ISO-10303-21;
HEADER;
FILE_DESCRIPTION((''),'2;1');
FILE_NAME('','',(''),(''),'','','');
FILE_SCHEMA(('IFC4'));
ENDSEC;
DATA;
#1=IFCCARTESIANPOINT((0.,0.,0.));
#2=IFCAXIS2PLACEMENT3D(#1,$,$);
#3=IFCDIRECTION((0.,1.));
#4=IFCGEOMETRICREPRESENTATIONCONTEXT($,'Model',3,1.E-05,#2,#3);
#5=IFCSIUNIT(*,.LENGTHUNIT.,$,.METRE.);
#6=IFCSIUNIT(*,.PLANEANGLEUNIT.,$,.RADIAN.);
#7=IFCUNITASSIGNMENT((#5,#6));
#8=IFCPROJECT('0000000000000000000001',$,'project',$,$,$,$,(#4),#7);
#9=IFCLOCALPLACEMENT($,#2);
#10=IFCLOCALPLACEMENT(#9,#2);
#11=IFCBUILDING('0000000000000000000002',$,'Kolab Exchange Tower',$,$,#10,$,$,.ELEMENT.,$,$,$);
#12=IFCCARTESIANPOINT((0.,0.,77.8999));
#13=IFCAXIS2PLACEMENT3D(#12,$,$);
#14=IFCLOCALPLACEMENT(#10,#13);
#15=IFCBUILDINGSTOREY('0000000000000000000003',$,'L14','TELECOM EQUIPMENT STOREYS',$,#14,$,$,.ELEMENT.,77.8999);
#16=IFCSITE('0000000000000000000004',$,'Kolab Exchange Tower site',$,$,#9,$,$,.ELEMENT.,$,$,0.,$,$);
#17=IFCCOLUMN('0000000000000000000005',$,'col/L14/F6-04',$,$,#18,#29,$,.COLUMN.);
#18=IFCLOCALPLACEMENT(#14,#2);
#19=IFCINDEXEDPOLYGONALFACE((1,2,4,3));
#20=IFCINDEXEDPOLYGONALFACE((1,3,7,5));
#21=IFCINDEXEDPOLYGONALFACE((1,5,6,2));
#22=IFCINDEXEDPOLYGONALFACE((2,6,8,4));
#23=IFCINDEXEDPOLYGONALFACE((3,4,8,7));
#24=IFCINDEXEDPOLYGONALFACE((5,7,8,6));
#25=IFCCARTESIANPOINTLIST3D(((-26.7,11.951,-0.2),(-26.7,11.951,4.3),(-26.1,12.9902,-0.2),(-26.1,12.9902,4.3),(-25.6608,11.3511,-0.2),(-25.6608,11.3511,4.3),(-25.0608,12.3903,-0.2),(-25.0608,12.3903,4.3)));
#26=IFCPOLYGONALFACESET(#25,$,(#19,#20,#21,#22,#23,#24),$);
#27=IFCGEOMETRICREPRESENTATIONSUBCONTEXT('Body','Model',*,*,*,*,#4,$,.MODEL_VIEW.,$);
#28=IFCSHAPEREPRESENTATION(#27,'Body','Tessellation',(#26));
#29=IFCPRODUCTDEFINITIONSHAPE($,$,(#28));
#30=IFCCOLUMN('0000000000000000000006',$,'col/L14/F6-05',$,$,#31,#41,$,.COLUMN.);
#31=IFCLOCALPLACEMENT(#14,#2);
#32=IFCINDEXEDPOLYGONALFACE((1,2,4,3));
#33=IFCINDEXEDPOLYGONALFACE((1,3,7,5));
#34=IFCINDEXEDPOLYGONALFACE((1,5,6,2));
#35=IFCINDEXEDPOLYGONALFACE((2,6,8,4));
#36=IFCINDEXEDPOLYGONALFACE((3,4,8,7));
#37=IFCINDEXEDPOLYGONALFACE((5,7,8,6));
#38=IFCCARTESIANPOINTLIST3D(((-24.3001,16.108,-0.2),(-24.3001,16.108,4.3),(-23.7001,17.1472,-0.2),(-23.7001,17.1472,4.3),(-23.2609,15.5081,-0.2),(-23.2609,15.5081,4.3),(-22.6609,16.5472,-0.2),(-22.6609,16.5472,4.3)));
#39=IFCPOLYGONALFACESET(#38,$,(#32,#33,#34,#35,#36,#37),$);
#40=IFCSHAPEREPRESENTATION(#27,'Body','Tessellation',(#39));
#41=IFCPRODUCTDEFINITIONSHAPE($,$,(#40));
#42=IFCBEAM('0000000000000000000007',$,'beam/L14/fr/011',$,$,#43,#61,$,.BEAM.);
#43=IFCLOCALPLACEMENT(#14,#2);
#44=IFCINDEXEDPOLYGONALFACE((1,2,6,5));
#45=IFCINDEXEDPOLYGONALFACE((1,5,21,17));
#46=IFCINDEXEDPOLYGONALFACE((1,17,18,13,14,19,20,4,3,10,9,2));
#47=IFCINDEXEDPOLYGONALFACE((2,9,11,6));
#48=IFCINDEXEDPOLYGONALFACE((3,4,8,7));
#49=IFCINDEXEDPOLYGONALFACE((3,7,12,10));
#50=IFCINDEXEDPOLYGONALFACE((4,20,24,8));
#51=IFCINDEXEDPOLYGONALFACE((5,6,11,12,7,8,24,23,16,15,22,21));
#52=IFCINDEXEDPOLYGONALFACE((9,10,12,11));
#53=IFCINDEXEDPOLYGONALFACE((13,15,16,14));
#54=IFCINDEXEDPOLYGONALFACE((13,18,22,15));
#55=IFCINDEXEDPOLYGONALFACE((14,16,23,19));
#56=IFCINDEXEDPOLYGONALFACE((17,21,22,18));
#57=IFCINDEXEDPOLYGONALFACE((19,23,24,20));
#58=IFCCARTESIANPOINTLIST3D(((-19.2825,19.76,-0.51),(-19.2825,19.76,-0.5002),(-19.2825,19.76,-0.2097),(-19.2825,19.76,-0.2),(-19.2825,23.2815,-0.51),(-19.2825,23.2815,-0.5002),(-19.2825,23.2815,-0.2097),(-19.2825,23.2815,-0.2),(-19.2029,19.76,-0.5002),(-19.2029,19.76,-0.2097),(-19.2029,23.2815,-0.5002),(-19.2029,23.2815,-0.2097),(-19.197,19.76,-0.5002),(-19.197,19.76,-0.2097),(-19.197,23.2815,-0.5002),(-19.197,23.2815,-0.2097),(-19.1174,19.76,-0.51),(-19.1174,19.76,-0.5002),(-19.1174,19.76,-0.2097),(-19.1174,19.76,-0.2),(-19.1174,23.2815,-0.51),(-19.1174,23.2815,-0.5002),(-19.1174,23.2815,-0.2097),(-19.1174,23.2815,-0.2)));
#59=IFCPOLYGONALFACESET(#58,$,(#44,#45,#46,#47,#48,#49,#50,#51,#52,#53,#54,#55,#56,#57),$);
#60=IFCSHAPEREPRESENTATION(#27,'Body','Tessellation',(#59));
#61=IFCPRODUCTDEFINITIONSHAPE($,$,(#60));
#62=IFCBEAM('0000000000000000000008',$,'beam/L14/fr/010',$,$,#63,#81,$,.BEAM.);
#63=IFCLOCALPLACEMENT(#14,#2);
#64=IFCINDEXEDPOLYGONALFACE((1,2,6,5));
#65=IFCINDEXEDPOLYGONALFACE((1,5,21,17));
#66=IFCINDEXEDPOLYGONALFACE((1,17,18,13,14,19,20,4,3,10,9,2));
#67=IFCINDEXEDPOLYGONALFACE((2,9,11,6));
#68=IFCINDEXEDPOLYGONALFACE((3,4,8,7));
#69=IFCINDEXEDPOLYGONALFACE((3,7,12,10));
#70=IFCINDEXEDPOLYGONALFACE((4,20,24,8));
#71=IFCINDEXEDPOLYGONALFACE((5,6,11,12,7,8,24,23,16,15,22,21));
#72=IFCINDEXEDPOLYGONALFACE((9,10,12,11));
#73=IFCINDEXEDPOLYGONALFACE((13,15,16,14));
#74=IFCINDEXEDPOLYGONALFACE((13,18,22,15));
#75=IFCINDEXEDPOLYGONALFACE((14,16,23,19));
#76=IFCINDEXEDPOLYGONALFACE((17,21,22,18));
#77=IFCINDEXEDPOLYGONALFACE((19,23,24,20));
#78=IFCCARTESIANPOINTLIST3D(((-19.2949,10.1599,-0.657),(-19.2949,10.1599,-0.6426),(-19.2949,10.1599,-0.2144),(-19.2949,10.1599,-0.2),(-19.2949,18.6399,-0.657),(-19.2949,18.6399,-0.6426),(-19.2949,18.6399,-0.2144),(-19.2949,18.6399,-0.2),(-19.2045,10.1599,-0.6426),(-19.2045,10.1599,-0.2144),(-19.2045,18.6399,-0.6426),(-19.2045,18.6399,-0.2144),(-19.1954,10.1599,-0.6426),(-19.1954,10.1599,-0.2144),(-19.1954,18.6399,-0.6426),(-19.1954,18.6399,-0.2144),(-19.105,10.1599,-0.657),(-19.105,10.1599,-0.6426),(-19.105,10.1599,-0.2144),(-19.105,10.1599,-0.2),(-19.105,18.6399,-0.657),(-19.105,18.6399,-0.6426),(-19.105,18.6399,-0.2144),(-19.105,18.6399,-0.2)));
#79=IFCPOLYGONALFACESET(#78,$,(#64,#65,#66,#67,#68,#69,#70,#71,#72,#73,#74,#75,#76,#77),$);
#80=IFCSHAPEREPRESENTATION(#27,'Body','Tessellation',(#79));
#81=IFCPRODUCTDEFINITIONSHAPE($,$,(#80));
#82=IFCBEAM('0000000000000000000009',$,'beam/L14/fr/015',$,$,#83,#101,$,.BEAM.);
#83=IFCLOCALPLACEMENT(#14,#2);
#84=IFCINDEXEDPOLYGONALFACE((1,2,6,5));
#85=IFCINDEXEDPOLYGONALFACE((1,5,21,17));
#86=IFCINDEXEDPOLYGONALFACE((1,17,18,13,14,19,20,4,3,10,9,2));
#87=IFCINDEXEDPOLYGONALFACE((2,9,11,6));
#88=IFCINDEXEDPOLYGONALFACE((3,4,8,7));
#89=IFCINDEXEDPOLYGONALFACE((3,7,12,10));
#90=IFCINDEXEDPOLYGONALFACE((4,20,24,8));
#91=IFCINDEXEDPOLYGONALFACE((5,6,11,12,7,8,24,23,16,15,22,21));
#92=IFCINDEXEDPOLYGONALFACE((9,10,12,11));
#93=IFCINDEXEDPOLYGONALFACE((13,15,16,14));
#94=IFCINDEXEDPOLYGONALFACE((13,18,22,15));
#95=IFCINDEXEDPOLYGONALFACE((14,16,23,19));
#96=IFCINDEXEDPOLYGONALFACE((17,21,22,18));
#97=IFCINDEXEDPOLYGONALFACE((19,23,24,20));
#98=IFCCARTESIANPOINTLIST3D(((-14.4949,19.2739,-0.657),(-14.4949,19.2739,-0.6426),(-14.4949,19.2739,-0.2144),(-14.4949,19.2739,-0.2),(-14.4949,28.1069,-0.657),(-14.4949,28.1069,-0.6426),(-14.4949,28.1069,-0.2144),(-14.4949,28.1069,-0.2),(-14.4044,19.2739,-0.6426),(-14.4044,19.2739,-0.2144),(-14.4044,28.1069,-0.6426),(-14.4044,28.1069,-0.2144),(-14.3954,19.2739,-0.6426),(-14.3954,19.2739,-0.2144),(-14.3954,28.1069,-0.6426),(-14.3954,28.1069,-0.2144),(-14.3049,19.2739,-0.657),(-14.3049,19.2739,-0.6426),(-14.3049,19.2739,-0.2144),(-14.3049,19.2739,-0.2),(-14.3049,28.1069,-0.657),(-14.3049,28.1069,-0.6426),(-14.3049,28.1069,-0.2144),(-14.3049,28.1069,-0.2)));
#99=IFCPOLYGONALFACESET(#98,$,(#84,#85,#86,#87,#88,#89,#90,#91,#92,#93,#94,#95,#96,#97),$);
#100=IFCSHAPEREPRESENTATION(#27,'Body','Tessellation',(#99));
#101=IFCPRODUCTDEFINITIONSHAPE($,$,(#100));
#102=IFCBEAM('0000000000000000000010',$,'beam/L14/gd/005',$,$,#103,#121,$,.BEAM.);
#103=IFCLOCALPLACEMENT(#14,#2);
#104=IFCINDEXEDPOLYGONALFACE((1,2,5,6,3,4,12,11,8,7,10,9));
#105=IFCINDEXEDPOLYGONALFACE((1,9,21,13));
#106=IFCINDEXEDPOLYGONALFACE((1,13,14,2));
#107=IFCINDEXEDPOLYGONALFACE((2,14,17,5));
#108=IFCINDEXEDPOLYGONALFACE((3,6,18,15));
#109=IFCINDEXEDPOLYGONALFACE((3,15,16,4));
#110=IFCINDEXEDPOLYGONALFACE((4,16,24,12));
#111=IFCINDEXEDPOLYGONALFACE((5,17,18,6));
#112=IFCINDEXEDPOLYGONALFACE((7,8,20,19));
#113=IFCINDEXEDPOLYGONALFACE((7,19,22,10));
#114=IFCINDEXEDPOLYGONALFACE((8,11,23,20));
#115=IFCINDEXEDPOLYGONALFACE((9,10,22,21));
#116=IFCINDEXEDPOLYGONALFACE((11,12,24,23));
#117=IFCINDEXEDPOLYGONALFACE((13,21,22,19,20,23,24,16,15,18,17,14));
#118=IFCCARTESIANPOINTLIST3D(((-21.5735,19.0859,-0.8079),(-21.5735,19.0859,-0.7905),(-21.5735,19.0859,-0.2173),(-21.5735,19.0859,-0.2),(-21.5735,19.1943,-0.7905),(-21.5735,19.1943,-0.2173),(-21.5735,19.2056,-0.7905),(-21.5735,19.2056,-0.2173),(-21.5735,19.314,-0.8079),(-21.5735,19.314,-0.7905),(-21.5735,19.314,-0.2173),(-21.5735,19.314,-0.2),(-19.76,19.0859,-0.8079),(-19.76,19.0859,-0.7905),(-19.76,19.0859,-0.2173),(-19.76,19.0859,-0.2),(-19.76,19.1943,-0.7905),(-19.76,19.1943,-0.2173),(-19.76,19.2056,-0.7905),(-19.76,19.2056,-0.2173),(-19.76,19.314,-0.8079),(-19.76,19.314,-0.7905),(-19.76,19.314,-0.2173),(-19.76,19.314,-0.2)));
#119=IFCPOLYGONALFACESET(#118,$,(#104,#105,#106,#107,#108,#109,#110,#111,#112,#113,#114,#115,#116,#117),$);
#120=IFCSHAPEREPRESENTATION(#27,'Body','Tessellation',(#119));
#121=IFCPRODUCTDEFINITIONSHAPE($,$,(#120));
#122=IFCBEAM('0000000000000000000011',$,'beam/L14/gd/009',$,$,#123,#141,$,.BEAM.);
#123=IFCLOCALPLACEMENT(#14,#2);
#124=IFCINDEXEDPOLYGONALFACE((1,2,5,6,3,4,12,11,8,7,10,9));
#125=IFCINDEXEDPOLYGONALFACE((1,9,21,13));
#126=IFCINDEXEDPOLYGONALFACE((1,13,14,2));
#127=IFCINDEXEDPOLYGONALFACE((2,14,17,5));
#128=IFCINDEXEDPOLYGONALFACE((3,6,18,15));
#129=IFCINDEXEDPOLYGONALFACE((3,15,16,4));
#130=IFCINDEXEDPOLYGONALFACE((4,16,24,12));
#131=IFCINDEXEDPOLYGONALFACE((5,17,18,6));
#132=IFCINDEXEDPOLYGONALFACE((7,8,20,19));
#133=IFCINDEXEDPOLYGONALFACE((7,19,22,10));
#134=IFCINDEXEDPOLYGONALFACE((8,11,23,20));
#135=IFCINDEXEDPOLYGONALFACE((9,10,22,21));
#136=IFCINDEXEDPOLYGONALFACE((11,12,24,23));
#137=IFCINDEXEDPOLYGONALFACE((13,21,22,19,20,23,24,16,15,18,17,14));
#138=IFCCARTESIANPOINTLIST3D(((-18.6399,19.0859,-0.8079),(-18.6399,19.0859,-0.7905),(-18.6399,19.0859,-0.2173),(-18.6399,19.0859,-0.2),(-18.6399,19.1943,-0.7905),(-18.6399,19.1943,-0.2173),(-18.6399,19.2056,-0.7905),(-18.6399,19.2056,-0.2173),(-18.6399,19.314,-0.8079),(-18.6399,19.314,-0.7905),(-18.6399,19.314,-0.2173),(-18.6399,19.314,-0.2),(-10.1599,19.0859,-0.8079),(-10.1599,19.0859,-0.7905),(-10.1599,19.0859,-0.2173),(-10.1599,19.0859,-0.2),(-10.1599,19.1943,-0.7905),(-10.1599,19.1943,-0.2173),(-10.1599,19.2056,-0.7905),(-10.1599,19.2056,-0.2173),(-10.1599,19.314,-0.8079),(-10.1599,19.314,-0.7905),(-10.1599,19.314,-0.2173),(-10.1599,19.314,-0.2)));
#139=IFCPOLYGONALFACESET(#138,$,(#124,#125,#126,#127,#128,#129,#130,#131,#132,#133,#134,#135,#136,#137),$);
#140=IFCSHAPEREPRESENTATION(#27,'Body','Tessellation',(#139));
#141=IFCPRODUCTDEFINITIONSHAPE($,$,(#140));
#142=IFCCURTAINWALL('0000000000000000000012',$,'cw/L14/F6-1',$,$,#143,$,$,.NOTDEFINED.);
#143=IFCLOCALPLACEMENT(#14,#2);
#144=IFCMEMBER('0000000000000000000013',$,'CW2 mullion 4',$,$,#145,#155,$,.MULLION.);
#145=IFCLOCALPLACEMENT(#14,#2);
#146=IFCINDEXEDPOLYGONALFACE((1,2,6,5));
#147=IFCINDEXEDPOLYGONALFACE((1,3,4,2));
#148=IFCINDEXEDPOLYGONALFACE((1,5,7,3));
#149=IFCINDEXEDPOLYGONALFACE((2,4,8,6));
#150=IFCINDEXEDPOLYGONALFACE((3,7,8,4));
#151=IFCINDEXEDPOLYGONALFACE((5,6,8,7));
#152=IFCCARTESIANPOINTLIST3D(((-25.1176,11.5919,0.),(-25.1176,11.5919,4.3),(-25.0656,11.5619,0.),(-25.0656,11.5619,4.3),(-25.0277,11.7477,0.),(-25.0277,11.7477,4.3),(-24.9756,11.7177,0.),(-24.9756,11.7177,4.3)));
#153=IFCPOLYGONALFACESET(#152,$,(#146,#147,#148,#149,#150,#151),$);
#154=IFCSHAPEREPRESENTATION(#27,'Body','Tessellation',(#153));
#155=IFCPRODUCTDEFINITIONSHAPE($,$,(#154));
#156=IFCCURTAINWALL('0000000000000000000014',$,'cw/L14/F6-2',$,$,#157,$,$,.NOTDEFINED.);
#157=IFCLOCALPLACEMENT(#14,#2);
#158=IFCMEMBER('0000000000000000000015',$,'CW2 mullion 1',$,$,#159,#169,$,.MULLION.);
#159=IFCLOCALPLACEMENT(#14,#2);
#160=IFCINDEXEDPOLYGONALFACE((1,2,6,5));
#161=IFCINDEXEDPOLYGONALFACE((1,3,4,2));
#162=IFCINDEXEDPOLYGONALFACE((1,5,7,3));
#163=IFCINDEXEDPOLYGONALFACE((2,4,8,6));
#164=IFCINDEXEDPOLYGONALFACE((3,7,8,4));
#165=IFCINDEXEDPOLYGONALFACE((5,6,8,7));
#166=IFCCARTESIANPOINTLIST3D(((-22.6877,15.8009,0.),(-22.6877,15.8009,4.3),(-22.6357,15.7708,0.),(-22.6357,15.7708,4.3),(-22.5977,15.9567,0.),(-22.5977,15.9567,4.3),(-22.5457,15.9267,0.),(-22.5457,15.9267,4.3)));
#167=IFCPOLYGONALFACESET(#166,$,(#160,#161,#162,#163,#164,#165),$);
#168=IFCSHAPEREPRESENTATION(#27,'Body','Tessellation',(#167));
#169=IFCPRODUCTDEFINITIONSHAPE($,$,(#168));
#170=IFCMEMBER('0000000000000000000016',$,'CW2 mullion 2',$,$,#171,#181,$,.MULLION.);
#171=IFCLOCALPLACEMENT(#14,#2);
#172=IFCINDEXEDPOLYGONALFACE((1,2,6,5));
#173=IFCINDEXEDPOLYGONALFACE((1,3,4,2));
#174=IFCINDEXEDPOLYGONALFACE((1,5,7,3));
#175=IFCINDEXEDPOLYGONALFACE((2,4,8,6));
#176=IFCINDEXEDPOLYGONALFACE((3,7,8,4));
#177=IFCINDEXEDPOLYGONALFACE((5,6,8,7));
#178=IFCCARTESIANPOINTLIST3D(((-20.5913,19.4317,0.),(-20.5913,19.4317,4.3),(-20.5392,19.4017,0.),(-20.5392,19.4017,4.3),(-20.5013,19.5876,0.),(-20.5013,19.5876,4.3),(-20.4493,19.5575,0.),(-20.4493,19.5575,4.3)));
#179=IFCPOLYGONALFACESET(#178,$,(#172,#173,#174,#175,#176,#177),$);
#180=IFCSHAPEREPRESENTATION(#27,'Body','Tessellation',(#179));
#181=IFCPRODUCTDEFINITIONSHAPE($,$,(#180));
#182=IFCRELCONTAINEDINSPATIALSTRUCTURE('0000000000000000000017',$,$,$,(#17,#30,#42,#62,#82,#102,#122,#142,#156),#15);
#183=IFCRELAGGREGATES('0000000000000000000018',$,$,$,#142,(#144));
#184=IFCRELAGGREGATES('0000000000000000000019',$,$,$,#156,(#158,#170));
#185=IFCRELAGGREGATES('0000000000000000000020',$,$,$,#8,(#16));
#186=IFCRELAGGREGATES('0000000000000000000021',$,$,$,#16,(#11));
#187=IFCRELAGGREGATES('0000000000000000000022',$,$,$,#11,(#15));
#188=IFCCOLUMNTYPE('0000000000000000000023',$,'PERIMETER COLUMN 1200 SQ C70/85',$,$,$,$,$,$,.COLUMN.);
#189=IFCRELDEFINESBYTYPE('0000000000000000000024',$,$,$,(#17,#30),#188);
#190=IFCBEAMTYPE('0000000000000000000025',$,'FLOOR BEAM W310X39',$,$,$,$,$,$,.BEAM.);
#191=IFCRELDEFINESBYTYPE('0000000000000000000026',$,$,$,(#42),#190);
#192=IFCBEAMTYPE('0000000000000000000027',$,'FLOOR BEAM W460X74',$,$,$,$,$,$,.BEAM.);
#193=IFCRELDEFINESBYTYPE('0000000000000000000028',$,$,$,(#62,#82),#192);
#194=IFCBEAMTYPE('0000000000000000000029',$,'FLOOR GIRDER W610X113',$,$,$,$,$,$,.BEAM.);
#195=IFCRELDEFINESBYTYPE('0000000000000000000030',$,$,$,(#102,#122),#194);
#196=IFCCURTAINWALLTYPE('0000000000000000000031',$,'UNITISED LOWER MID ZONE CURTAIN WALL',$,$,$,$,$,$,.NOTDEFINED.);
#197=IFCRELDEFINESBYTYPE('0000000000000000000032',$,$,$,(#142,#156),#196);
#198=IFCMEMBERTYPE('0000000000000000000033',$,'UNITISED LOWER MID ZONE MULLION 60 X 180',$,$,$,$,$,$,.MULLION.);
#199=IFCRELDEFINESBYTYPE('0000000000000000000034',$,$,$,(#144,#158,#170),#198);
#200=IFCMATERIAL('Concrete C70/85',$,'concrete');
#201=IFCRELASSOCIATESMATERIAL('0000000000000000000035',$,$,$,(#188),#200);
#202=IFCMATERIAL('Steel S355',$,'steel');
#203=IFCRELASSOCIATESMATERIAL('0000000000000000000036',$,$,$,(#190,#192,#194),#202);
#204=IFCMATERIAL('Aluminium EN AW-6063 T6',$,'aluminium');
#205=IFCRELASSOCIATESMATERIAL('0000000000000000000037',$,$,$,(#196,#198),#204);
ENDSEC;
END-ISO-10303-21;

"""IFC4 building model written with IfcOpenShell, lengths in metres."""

from ifc_helpers import new_model, si_unit, direction, frame, origin, origin_2d, place, context, subcontext, project, spatial, rectangle, i_section, extrude, material, material_profile, profile_set, type_object, element, aggregate, save


model = new_model("IFC4")

# Units and contexts
model_context = context("Model", 3, precision=1e-05, world=origin(), true_north=direction((0.0, 1.0)))
body_context = subcontext(model_context, "Body", "Model", "MODEL_VIEW")
ifc_project = project(units=[si_unit("LENGTHUNIT", "METRE"), si_unit("PLANEANGLEUNIT", "RADIAN")], contexts=[model_context])

# Site, building, storey
site_placement = place(None, origin())
site = spatial("IfcSite", under=ifc_project, at=site_placement, Name="Kolab Exchange Tower site", CompositionType="ELEMENT", RefElevation=0.0)
building_placement = place(site_placement, origin())
building = spatial("IfcBuilding", under=site, at=building_placement, Name="Kolab Exchange Tower", CompositionType="ELEMENT")
storey_placement = place(building_placement, frame((0.0, 0.0, 77.8999)))
storey = spatial("IfcBuildingStorey", under=building, at=storey_placement, Name="L14", Description="TELECOM EQUIPMENT STOREYS", CompositionType="ELEMENT", Elevation=77.8999)

# Columns
ifc_material_1 = material(Name="Concrete C70/85", Category="concrete")
ifc_material_profile_1 = material_profile(ifc_material_1, rectangle(XDim=1.2, YDim=1.2, at=origin_2d()), Name="RC1200")
ifc_profile_set_1 = profile_set([ifc_material_profile_1], Name="Concrete C70/85")
column_type = type_object("IfcColumnType", Name="PERIMETER COLUMN 1200 SQ C70/85", PredefinedType="COLUMN", material=ifc_profile_set_1)
for number, where, z_axis, x_axis, name in (
    (1, (-25.8804, 12.1707, -0.2), (0.0, 0.0, 1.0), (0.5, 0.866025, 0.0), "col/L14/F6-04"),
    (2, (-23.4805, 16.3276, -0.2), (0.0, 0.0, 1.0), (0.5, 0.866025, 0.0), "col/L14/F6-05"),
):
    element("IfcColumn", number, at=place(storey_placement, frame(where, z_axis=z_axis, x_axis=x_axis)), inside=storey, type_object=column_type, Name=name, PredefinedType="COLUMN", context=body_context, shape_type="SweptSolid", body=[
        extrude(rectangle(XDim=1.2, YDim=1.2, at=origin_2d()), origin(), (0.0, 0.0, 1.0), 4.5),
    ])

# Beams
ifc_material_2 = material(Name="Steel S355", Category="steel")
ifc_material_profile_2 = material_profile(ifc_material_2, i_section(OverallWidth=0.165, OverallDepth=0.3101, WebThickness=0.0059, FlangeThickness=0.0098, at=origin_2d()), Name="W310X39")
ifc_profile_set_2 = profile_set([ifc_material_profile_2], Name="Steel S355")
beam_type_1 = type_object("IfcBeamType", Name="FLOOR BEAM W310X39", PredefinedType="BEAM", material=ifc_profile_set_2)
beam_1_placement = place(storey_placement, frame((-19.2, 19.76, -0.355), z_axis=(0.0, 1.0, 0.0), x_axis=(-1.0, 0.0, 0.0)))
element("IfcBeam", 3, at=beam_1_placement, inside=storey, type_object=beam_type_1, Name="beam/L14/fr/011", PredefinedType="BEAM", context=body_context, shape_type="SweptSolid", body=[
    extrude(i_section(OverallWidth=0.165, OverallDepth=0.3101, WebThickness=0.0059, FlangeThickness=0.0098, at=origin_2d()), origin(), (0.0, 0.0, 1.0), 3.5215),
])
ifc_material_profile_3 = material_profile(ifc_material_2, i_section(OverallWidth=0.1899, OverallDepth=0.457, WebThickness=0.009, FlangeThickness=0.0144, at=origin_2d()), Name="W460X74")
ifc_profile_set_3 = profile_set([ifc_material_profile_3], Name="Steel S355")
beam_type_2 = type_object("IfcBeamType", Name="FLOOR BEAM W460X74", PredefinedType="BEAM", material=ifc_profile_set_3)
beam_2_placement = place(storey_placement, frame((-19.2, 10.1599, -0.4285), z_axis=(0.0, 1.0, 0.0), x_axis=(-1.0, 0.0, 0.0)))
element("IfcBeam", 4, at=beam_2_placement, inside=storey, type_object=beam_type_2, Name="beam/L14/fr/010", PredefinedType="BEAM", context=body_context, shape_type="SweptSolid", body=[
    extrude(i_section(OverallWidth=0.1899, OverallDepth=0.457, WebThickness=0.009, FlangeThickness=0.0144, at=origin_2d()), origin(), (0.0, 0.0, 1.0), 8.48),
])
beam_3_placement = place(storey_placement, frame((-14.3999, 19.2739, -0.4285), z_axis=(0.0, 1.0, 0.0), x_axis=(-1.0, 0.0, 0.0)))
element("IfcBeam", 5, at=beam_3_placement, inside=storey, type_object=beam_type_2, Name="beam/L14/fr/015", PredefinedType="BEAM", context=body_context, shape_type="SweptSolid", body=[
    extrude(i_section(OverallWidth=0.1899, OverallDepth=0.457, WebThickness=0.009, FlangeThickness=0.0144, at=origin_2d()), origin(), (0.0, 0.0, 1.0), 8.833),
])
ifc_material_profile_4 = material_profile(ifc_material_2, i_section(OverallWidth=0.228, OverallDepth=0.6079, WebThickness=0.0112, FlangeThickness=0.0173, at=origin_2d()), Name="W610X113")
ifc_profile_set_4 = profile_set([ifc_material_profile_4], Name="Steel S355")
beam_type_3 = type_object("IfcBeamType", Name="FLOOR GIRDER W610X113", PredefinedType="BEAM", material=ifc_profile_set_4)
beam_4_placement = place(storey_placement, frame((-21.5735, 19.2, -0.5039), z_axis=(1.0, 0.0, 0.0), x_axis=(0.0, 1.0, 0.0)))
element("IfcBeam", 6, at=beam_4_placement, inside=storey, type_object=beam_type_3, Name="beam/L14/gd/005", PredefinedType="BEAM", context=body_context, shape_type="SweptSolid", body=[
    extrude(i_section(OverallWidth=0.228, OverallDepth=0.6079, WebThickness=0.0112, FlangeThickness=0.0173, at=origin_2d()), origin(), (0.0, 0.0, 1.0), 1.8135),
])
beam_5_placement = place(storey_placement, frame((-18.6399, 19.2, -0.5039), z_axis=(1.0, 0.0, 0.0), x_axis=(0.0, 1.0, 0.0)))
element("IfcBeam", 7, at=beam_5_placement, inside=storey, type_object=beam_type_3, Name="beam/L14/gd/009", PredefinedType="BEAM", context=body_context, shape_type="SweptSolid", body=[
    extrude(i_section(OverallWidth=0.228, OverallDepth=0.6079, WebThickness=0.0112, FlangeThickness=0.0173, at=origin_2d()), origin(), (0.0, 0.0, 1.0), 8.48),
])

# Curtain wall, member
ifc_material_3 = material(Name="Aluminium EN AW-6063 T6", Category="aluminium")
curtain_wall_type = type_object("IfcCurtainWallType", Name="UNITISED LOWER MID ZONE CURTAIN WALL", PredefinedType="NOTDEFINED", material=ifc_material_3)
curtain_wall_1_placement = place(storey_placement, origin())
curtain_wall_1 = element("IfcCurtainWall", 8, at=curtain_wall_1_placement, inside=storey, type_object=curtain_wall_type, Name="cw/L14/F6-1", PredefinedType="NOTDEFINED")
ifc_material_profile_5 = material_profile(ifc_material_3, rectangle(XDim=0.0601, YDim=0.1799, at=origin_2d()), Name="RECT 60X180")
ifc_profile_set_5 = profile_set([ifc_material_profile_5], Name="Aluminium EN AW-6063 T6")
member_type_1 = type_object("IfcMemberType", Name="UNITISED LOWER MID ZONE MULLION 60 X 180", PredefinedType="MULLION", material=ifc_profile_set_5)
member_1_placement = place(storey_placement, frame((-25.0466, 11.6548, 0.0), z_axis=(0.0, 0.0, 1.0), x_axis=(-0.866025, 0.5, 0.0)))
member_1 = element("IfcMember", 9, at=member_1_placement, type_object=member_type_1, Name="CW2 mullion 4", PredefinedType="MULLION", context=body_context, shape_type="SweptSolid", body=[
    extrude(rectangle(XDim=0.0601, YDim=0.1799, at=origin_2d()), origin(), (0.0, 0.0, 1.0), 4.3),
])
aggregate(curtain_wall_1, [member_1])

# Curtain wall, members
curtain_wall_2_placement = place(storey_placement, origin())
curtain_wall_2 = element("IfcCurtainWall", 10, at=curtain_wall_2_placement, inside=storey, type_object=curtain_wall_type, Name="cw/L14/F6-2", PredefinedType="NOTDEFINED")
member_2_placement = place(storey_placement, frame((-22.6167, 15.8638, 0.0), z_axis=(0.0, 0.0, 1.0), x_axis=(-0.866025, 0.5, 0.0)))
member_2 = element("IfcMember", 11, at=member_2_placement, type_object=member_type_1, Name="CW2 mullion 1", PredefinedType="MULLION", context=body_context, shape_type="SweptSolid", body=[
    extrude(rectangle(XDim=0.0601, YDim=0.1799, at=origin_2d()), origin(), (0.0, 0.0, 1.0), 4.3),
])
member_3_placement = place(storey_placement, frame((-20.5203, 19.4946, 0.0), z_axis=(0.0, 0.0, 1.0), x_axis=(-0.866025, 0.5, 0.0)))
member_3 = element("IfcMember", 12, at=member_3_placement, type_object=member_type_1, Name="CW2 mullion 2", PredefinedType="MULLION", context=body_context, shape_type="SweptSolid", body=[
    extrude(rectangle(XDim=0.0601, YDim=0.1799, at=origin_2d()), origin(), (0.0, 0.0, 1.0), 4.3),
])
aggregate(curtain_wall_2, [member_2, member_3])

save(model, "model.ifc")
